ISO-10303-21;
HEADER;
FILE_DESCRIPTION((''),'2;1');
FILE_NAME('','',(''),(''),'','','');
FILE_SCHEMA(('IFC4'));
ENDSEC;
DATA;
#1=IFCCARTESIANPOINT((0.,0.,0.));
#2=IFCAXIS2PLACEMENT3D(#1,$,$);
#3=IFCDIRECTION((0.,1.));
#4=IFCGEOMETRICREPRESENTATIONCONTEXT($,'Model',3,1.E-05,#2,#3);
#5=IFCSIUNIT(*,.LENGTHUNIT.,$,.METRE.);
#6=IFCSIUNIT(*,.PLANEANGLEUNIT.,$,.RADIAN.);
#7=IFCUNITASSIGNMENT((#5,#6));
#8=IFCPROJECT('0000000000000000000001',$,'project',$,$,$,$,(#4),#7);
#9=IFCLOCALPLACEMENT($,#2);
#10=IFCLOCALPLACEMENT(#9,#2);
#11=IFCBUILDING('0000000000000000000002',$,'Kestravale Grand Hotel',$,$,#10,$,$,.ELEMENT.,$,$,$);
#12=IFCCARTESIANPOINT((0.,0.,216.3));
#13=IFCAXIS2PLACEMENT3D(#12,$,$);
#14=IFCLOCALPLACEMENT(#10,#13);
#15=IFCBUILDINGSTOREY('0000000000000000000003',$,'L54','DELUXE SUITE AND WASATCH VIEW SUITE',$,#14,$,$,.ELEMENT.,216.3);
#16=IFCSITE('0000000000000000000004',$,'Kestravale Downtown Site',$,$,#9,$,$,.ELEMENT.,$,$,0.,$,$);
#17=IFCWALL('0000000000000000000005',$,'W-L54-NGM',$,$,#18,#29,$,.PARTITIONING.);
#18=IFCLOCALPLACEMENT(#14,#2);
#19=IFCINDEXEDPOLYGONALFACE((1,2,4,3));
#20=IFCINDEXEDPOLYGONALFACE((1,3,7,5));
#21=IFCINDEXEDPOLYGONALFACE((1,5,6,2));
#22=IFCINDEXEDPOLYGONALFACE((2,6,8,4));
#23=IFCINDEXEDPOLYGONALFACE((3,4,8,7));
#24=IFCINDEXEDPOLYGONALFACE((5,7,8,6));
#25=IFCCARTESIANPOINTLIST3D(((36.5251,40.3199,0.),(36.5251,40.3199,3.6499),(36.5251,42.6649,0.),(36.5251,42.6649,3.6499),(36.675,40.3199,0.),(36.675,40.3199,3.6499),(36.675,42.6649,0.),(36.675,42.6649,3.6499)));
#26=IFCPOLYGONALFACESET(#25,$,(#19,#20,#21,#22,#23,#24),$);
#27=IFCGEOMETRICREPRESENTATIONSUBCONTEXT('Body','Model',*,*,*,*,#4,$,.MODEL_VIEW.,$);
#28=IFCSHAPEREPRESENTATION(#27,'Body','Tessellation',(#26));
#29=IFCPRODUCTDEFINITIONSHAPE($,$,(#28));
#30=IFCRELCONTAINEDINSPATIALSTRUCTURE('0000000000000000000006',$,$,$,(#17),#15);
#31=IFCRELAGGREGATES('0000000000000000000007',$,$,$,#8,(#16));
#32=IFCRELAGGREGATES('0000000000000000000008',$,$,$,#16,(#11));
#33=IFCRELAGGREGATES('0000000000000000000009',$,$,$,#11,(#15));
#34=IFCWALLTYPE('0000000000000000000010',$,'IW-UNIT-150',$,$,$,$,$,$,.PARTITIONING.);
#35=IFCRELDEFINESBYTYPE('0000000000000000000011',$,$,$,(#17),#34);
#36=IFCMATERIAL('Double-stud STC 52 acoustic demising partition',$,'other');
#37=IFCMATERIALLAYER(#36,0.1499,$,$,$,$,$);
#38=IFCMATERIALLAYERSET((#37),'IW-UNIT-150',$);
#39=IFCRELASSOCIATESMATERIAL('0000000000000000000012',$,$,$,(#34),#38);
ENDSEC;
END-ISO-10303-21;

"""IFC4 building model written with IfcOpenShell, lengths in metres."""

from ifc_helpers import new_model, si_unit, direction, frame, frame_2d, origin, place, context, subcontext, project, spatial, rectangle, extrude, material, layer, layer_set, type_object, element, save


model = new_model("IFC4")

# Units and contexts
model_context = context("Model", 3, precision=1e-05, world=origin(), true_north=direction((0.0, 1.0)))
body_context = subcontext(model_context, "Body", "Model", "MODEL_VIEW")
ifc_project = project(units=[si_unit("LENGTHUNIT", "METRE"), si_unit("PLANEANGLEUNIT", "RADIAN")], contexts=[model_context])

# Site, building, storey
site_placement = place(None, origin())
site = spatial("IfcSite", under=ifc_project, at=site_placement, Name="Kestravale Downtown Site", CompositionType="ELEMENT", RefElevation=0.0)
building_placement = place(site_placement, origin())
building = spatial("IfcBuilding", under=site, at=building_placement, Name="Kestravale Grand Hotel", CompositionType="ELEMENT")
storey_placement = place(building_placement, frame((0.0, 0.0, 216.3)))
storey = spatial("IfcBuildingStorey", under=building, at=storey_placement, Name="L54", Description="DELUXE SUITE AND WASATCH VIEW SUITE", CompositionType="ELEMENT", Elevation=216.3)

# Wall
ifc_material_1 = material(Name="Double-stud STC 52 acoustic demising partition", Category="other")
ifc_layer_1 = layer(ifc_material_1, 0.1499)
ifc_layer_set_1 = layer_set([ifc_layer_1], Name="IW-UNIT-150")
wall_type_1 = type_object("IfcWallType", Name="IW-UNIT-150", PredefinedType="PARTITIONING", material=ifc_layer_set_1)
wall_1_placement = place(storey_placement, frame((36.6001, 40.3201, 0.0), z_axis=(0.0, 0.0, 1.0), x_axis=(0.0, 1.0, 0.0)))
element("IfcWall", 1, at=wall_1_placement, inside=storey, type_object=wall_type_1, Name="W-L54-NGM", PredefinedType="PARTITIONING", context=body_context, shape_type="SweptSolid", body=[
    extrude(rectangle(XDim=2.345, YDim=0.1499, at=frame_2d((1.1724, 0.0))), origin(), (0.0, 0.0, 1.0), 3.6499),
])

save(model, "model.ifc")
